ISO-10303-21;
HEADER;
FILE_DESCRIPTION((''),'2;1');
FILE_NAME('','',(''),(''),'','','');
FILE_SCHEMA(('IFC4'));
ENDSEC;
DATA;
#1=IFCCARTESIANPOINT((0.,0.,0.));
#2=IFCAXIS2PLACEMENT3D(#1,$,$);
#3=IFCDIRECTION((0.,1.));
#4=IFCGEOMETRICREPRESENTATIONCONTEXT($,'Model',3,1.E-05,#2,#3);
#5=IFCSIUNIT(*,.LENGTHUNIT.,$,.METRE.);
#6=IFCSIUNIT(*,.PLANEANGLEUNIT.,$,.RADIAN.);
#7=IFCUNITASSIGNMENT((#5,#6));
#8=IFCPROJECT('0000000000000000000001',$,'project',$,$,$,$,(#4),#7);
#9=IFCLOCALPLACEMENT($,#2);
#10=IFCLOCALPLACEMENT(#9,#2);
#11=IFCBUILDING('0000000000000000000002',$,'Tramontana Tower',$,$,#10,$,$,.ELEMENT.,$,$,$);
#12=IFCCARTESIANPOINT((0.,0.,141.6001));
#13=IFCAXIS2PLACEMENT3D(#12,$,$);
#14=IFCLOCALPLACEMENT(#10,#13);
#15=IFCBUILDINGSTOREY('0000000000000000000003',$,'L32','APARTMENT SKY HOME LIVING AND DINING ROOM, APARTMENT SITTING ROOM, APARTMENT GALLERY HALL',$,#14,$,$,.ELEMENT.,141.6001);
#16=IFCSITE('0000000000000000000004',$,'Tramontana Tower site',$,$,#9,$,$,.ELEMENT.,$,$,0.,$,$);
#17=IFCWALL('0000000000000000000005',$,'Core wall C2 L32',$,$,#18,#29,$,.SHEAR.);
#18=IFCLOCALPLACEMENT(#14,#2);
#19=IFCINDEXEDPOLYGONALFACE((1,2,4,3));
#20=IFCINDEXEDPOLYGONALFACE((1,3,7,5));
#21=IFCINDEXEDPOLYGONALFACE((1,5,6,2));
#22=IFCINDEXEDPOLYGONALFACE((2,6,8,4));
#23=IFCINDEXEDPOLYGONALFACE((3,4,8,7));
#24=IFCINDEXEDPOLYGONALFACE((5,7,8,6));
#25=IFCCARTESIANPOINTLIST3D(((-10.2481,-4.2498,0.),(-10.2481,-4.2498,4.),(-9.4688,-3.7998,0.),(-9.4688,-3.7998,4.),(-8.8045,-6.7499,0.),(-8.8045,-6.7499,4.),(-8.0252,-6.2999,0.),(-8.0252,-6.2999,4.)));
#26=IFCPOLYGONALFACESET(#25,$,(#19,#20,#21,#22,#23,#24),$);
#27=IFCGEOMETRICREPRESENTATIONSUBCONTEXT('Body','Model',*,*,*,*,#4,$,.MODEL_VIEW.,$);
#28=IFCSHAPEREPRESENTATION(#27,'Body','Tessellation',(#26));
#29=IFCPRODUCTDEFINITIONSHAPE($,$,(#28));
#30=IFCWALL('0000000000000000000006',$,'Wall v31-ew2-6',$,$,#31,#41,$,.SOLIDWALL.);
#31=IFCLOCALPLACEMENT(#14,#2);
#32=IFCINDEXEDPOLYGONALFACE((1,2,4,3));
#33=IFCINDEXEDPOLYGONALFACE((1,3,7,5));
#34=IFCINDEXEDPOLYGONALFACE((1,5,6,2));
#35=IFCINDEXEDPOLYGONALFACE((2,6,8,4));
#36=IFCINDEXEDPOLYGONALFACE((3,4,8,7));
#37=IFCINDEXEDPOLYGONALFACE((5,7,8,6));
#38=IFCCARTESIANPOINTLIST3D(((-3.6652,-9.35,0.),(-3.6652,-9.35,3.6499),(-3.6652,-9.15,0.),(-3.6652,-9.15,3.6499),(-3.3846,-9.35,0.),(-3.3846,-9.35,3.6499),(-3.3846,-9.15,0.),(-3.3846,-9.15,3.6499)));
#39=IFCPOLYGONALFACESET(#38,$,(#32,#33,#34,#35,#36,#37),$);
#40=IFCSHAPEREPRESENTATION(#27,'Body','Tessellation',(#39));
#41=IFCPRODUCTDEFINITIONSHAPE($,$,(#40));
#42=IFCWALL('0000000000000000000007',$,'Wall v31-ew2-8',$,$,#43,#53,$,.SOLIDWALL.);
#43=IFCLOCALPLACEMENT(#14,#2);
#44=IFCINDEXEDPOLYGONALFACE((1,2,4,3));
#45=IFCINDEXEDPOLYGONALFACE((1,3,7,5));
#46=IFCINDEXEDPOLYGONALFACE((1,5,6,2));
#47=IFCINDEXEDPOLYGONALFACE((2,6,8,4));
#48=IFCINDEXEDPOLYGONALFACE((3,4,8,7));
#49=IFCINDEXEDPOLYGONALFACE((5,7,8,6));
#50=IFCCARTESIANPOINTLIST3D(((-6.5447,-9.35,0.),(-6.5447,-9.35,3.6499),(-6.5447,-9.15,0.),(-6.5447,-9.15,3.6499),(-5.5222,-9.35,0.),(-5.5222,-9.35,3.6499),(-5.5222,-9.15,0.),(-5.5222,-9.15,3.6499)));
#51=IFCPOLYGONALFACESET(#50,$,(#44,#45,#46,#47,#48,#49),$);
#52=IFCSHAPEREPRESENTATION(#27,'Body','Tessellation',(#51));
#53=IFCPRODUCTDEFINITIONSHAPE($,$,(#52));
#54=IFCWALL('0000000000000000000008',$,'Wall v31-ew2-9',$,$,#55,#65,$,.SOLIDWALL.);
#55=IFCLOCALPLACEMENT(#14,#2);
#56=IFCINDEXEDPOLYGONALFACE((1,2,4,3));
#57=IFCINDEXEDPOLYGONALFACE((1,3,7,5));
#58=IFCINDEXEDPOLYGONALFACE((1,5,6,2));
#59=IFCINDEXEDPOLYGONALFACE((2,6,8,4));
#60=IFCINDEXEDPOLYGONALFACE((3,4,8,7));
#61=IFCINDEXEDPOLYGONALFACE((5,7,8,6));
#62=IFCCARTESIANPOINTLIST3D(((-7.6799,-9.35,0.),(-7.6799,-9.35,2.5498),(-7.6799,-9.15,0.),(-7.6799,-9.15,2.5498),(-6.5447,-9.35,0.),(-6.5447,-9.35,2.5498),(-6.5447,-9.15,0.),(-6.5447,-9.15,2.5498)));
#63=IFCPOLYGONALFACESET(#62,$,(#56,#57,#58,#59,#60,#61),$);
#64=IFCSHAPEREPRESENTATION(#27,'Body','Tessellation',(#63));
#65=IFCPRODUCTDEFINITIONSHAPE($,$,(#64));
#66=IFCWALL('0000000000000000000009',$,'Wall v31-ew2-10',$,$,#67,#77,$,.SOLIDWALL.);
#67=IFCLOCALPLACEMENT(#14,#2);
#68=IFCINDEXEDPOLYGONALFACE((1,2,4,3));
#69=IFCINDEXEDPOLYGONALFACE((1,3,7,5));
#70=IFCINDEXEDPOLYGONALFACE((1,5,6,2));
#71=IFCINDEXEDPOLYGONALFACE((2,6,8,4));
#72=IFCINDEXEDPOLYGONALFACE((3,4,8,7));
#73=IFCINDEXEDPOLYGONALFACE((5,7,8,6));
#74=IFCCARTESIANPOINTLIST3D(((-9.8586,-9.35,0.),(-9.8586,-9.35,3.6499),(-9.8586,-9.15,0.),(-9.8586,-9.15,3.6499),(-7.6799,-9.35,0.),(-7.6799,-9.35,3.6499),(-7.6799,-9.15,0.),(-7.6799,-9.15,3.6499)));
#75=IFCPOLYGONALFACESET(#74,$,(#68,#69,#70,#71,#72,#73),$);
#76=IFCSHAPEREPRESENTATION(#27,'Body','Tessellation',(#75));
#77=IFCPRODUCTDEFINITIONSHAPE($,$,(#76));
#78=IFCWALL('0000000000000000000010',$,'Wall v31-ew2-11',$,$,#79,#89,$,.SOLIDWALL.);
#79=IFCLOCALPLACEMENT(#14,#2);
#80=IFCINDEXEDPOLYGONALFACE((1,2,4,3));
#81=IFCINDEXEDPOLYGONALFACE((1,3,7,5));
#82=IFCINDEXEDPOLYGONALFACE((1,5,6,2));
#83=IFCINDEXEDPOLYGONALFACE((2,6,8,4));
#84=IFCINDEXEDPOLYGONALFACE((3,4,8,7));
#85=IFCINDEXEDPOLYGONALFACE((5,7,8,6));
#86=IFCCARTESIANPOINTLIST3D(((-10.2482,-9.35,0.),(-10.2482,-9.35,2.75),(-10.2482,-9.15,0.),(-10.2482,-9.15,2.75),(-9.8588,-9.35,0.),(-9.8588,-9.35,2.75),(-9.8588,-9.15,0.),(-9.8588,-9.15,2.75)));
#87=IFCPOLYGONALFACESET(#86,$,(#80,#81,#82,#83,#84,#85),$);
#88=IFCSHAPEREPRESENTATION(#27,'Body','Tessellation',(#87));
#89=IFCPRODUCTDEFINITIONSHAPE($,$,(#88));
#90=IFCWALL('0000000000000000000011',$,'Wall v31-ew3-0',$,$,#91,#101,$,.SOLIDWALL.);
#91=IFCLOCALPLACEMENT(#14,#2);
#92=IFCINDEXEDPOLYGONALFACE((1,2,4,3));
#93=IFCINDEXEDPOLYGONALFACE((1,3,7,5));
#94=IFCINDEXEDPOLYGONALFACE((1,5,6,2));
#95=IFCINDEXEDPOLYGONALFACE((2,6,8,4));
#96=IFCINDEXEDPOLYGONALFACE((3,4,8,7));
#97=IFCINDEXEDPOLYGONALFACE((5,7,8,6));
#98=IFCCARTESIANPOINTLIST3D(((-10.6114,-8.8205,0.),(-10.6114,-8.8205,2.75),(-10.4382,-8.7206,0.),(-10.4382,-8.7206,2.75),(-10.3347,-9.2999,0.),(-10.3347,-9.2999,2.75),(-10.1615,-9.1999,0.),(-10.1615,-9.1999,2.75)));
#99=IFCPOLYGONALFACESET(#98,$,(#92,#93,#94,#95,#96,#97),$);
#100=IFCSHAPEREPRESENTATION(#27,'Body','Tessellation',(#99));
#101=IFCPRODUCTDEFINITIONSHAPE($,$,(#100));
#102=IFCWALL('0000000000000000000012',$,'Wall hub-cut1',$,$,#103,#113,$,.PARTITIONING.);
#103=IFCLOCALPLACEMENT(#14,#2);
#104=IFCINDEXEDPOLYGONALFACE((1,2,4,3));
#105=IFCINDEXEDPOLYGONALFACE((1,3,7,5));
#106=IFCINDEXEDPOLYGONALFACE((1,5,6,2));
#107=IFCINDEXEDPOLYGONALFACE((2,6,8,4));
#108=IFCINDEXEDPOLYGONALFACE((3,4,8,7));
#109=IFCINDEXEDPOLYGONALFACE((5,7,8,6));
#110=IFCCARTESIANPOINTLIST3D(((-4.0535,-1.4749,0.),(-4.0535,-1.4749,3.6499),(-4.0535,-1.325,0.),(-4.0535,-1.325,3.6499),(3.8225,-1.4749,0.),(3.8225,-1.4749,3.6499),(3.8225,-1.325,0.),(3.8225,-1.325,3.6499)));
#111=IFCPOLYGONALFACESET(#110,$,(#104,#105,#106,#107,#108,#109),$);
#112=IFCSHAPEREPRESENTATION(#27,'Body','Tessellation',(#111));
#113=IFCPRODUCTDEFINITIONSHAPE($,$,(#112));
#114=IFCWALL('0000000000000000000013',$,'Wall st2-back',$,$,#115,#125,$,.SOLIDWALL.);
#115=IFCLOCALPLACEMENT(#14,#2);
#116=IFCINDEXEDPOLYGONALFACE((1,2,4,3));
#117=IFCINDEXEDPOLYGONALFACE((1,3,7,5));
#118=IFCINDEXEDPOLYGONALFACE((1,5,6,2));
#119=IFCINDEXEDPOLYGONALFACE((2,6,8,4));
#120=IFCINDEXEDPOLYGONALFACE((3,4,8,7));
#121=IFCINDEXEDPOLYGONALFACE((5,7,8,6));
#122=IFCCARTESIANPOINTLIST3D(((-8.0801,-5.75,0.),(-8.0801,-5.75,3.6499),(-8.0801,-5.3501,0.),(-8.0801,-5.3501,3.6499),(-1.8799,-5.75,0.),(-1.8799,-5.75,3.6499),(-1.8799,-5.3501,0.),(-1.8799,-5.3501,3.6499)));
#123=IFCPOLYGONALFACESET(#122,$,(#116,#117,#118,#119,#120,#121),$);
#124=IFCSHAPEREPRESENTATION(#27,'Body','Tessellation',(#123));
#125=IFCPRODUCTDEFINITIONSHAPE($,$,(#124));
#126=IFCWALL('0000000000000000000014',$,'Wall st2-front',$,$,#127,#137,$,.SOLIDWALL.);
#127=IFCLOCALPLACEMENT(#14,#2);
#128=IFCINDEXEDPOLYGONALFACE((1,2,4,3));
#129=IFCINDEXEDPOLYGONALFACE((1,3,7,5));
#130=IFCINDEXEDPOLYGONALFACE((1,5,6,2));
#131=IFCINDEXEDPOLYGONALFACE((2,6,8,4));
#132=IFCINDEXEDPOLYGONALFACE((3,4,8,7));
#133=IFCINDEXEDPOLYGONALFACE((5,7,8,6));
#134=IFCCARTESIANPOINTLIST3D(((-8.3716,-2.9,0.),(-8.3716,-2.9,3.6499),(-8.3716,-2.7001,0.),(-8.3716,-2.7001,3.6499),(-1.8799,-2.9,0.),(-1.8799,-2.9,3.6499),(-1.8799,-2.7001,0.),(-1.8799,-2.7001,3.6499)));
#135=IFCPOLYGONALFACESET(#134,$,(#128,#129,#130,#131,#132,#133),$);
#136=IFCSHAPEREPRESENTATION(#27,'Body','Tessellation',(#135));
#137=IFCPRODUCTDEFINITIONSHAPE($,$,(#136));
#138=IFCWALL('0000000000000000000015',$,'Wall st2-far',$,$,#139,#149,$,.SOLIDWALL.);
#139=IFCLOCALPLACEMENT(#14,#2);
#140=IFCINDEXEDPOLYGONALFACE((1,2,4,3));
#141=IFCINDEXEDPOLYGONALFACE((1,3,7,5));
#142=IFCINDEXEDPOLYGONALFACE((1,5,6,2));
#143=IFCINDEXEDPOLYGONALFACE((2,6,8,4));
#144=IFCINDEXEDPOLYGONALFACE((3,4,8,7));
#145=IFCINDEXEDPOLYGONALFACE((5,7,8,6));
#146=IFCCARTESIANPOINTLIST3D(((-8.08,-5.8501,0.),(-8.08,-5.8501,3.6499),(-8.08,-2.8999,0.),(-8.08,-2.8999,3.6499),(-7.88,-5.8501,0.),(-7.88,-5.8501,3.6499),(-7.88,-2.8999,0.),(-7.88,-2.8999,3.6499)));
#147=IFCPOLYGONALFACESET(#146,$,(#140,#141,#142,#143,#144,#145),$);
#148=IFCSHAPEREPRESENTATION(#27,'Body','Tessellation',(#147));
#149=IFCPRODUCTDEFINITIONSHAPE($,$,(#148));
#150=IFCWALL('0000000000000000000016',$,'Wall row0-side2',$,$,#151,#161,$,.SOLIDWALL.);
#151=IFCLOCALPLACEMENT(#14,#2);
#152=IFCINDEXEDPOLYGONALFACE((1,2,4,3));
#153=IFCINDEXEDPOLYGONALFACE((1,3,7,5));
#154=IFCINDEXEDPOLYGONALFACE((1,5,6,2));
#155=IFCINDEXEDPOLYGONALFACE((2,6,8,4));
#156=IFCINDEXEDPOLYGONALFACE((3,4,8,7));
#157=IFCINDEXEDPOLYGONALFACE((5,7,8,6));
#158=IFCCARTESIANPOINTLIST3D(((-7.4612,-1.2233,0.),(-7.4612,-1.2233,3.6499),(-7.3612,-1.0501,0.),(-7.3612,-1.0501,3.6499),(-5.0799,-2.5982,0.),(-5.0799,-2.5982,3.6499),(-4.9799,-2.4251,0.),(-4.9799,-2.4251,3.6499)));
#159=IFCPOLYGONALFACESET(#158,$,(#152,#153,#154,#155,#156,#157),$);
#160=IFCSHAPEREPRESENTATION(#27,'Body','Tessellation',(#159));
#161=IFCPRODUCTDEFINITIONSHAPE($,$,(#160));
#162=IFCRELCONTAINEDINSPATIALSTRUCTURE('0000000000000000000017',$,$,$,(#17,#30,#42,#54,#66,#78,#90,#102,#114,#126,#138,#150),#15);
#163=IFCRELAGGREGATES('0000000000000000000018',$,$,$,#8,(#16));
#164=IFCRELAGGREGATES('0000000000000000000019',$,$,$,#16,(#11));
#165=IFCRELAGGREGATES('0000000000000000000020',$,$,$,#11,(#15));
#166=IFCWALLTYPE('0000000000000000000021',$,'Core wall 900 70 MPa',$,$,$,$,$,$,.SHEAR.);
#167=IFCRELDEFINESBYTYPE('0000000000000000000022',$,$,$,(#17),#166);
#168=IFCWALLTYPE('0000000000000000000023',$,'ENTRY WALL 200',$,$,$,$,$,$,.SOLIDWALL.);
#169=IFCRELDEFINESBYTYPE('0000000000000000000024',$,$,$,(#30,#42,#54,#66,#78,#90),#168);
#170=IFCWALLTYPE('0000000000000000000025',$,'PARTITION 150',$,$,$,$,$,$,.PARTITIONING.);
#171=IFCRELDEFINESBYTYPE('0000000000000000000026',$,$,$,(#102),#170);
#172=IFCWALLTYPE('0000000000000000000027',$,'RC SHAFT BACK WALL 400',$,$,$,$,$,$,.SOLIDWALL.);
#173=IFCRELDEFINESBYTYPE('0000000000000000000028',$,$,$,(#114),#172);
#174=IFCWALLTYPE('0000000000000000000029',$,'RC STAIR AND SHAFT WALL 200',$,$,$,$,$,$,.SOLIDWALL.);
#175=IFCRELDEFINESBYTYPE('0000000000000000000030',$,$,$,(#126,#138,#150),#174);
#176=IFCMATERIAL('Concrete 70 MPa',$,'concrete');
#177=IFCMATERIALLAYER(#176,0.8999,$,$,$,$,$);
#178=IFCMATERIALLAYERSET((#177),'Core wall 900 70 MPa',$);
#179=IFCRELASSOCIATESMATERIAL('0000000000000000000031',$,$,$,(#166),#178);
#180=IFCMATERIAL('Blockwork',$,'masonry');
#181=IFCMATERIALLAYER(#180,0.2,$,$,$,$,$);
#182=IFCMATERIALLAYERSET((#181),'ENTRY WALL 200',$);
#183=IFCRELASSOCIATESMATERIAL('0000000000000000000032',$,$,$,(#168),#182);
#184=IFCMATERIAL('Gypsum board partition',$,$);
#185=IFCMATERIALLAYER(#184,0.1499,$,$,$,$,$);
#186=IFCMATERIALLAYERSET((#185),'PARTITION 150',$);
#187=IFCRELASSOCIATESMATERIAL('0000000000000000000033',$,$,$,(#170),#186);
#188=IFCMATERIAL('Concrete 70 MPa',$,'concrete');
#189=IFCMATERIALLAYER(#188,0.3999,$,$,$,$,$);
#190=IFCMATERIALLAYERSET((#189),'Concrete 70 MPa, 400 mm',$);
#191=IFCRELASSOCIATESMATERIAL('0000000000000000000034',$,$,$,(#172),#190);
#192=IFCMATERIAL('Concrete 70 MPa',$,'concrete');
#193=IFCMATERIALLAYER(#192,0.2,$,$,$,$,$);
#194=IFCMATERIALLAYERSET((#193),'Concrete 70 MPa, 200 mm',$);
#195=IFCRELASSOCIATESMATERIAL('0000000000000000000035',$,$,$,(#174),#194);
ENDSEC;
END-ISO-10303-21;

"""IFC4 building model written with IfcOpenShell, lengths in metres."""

from ifc_helpers import new_model, si_unit, direction, frame, frame_2d, origin, place, context, subcontext, project, spatial, rectangle, extrude, material, layer, layer_set, type_object, element, save


model = new_model("IFC4")

# Units and contexts
model_context = context("Model", 3, precision=1e-05, world=origin(), true_north=direction((0.0, 1.0)))
body_context = subcontext(model_context, "Body", "Model", "MODEL_VIEW")
ifc_project = project(units=[si_unit("LENGTHUNIT", "METRE"), si_unit("PLANEANGLEUNIT", "RADIAN")], contexts=[model_context])

# Site, building, storey
site_placement = place(None, origin())
site = spatial("IfcSite", under=ifc_project, at=site_placement, Name="Tramontana Tower site", CompositionType="ELEMENT", RefElevation=0.0)
building_placement = place(site_placement, origin())
building = spatial("IfcBuilding", under=site, at=building_placement, Name="Tramontana Tower", CompositionType="ELEMENT")
storey_placement = place(building_placement, frame((0.0, 0.0, 141.6001)))
storey = spatial("IfcBuildingStorey", under=building, at=storey_placement, Name="L32", Description="APARTMENT SKY HOME LIVING AND DINING ROOM, APARTMENT SITTING ROOM, APARTMENT GALLERY HALL", CompositionType="ELEMENT", Elevation=141.6001)

# Wall
ifc_material_1 = material(Name="Concrete 70 MPa", Category="concrete")
ifc_layer_1 = layer(ifc_material_1, 0.8999)
ifc_layer_set_1 = layer_set([ifc_layer_1], Name="Core wall 900 70 MPa")
wall_type_1 = type_object("IfcWallType", Name="Core wall 900 70 MPa", PredefinedType="SHEAR", material=ifc_layer_set_1)
wall_1_placement = place(storey_placement, frame((-9.8584, -4.0249, 0.0), z_axis=(0.0, 0.0, 1.0), x_axis=(0.500059, -0.865991, 0.0)))
element("IfcWall", 1, at=wall_1_placement, inside=storey, type_object=wall_type_1, Name="Core wall C2 L32", PredefinedType="SHEAR", context=body_context, shape_type="SweptSolid", body=[
    extrude(rectangle(XDim=2.887, YDim=0.8999, at=frame_2d((1.4434, 0.0))), origin(), (0.0, 0.0, 1.0), 4.0),
])

# Wall
ifc_material_2 = material(Name="Blockwork", Category="masonry")
ifc_layer_2 = layer(ifc_material_2, 0.2)
ifc_layer_set_2 = layer_set([ifc_layer_2], Name="ENTRY WALL 200")
wall_type_2 = type_object("IfcWallType", Name="ENTRY WALL 200", PredefinedType="SOLIDWALL", material=ifc_layer_set_2)
wall_2_placement = place(storey_placement, frame((-3.3848, -9.25, 0.0), z_axis=(0.0, 0.0, 1.0), x_axis=(-1.0, 0.0, 0.0)))
element("IfcWall", 2, at=wall_2_placement, inside=storey, type_object=wall_type_2, Name="Wall v31-ew2-6", PredefinedType="SOLIDWALL", context=body_context, shape_type="SweptSolid", body=[
    extrude(rectangle(XDim=0.2805, YDim=0.2, at=frame_2d((0.1401, 0.0))), origin(), (0.0, 0.0, 1.0), 3.6499),
])

# Walls
wall_3_placement = place(storey_placement, frame((-5.5222, -9.25, 0.0), z_axis=(0.0, 0.0, 1.0), x_axis=(-1.0, 0.0, 0.0)))
element("IfcWall", 3, at=wall_3_placement, inside=storey, type_object=wall_type_2, Name="Wall v31-ew2-8", PredefinedType="SOLIDWALL", context=body_context, shape_type="SweptSolid", body=[
    extrude(rectangle(XDim=1.0225, YDim=0.2, at=frame_2d((0.5112, 0.0))), origin(), (0.0, 0.0, 1.0), 3.6499),
])
wall_4_placement = place(storey_placement, frame((-6.5447, -9.25, 0.0), z_axis=(0.0, 0.0, 1.0), x_axis=(-1.0, 0.0, 0.0)))
element("IfcWall", 4, at=wall_4_placement, inside=storey, type_object=wall_type_2, Name="Wall v31-ew2-9", PredefinedType="SOLIDWALL", context=body_context, shape_type="SweptSolid", body=[
    extrude(rectangle(XDim=1.1353, YDim=0.2, at=frame_2d((0.5676, 0.0))), origin(), (0.0, 0.0, 1.0), 2.5498),
])
wall_5_placement = place(storey_placement, frame((-7.6799, -9.25, 0.0), z_axis=(0.0, 0.0, 1.0), x_axis=(-1.0, 0.0, 0.0)))
element("IfcWall", 5, at=wall_5_placement, inside=storey, type_object=wall_type_2, Name="Wall v31-ew2-10", PredefinedType="SOLIDWALL", context=body_context, shape_type="SweptSolid", body=[
    extrude(rectangle(XDim=2.1787, YDim=0.2, at=frame_2d((1.0894, 0.0))), origin(), (0.0, 0.0, 1.0), 3.6499),
])
wall_6_placement = place(storey_placement, frame((-9.8586, -9.25, 0.0), z_axis=(0.0, 0.0, 1.0), x_axis=(-1.0, 0.0, 0.0)))
element("IfcWall", 6, at=wall_6_placement, inside=storey, type_object=wall_type_2, Name="Wall v31-ew2-11", PredefinedType="SOLIDWALL", context=body_context, shape_type="SweptSolid", body=[
    extrude(rectangle(XDim=0.3894, YDim=0.2, at=frame_2d((0.1948, 0.0))), origin(), (0.0, 0.0, 1.0), 2.75),
])
wall_7_placement = place(storey_placement, frame((-10.248, -9.25, 0.0), z_axis=(0.0, 0.0, 1.0), x_axis=(-0.499888, 0.86609, 0.0)))
element("IfcWall", 7, at=wall_7_placement, inside=storey, type_object=wall_type_2, Name="Wall v31-ew3-0", PredefinedType="SOLIDWALL", context=body_context, shape_type="SweptSolid", body=[
    extrude(rectangle(XDim=0.5535, YDim=0.2, at=frame_2d((0.2769, 0.0))), origin(), (0.0, 0.0, 1.0), 2.75),
])
ifc_material_3 = material(Name="Gypsum board partition")
ifc_layer_3 = layer(ifc_material_3, 0.1499)
ifc_layer_set_3 = layer_set([ifc_layer_3], Name="PARTITION 150")
wall_type_3 = type_object("IfcWallType", Name="PARTITION 150", PredefinedType="PARTITIONING", material=ifc_layer_set_3)
wall_8_placement = place(storey_placement, frame((-4.0535, -1.3999, 0.0), z_axis=(0.0, 0.0, 1.0), x_axis=(1.0, 0.0, 0.0)))
element("IfcWall", 8, at=wall_8_placement, inside=storey, type_object=wall_type_3, Name="Wall hub-cut1", PredefinedType="PARTITIONING", context=body_context, shape_type="SweptSolid", body=[
    extrude(rectangle(XDim=7.876, YDim=0.1499, at=frame_2d((3.938, 0.0))), origin(), (0.0, 0.0, 1.0), 3.6499),
])
ifc_material_4 = material(Name="Concrete 70 MPa", Category="concrete")
ifc_layer_4 = layer(ifc_material_4, 0.3999)
ifc_layer_set_4 = layer_set([ifc_layer_4], Name="Concrete 70 MPa, 400 mm")
wall_type_4 = type_object("IfcWallType", Name="RC SHAFT BACK WALL 400", PredefinedType="SOLIDWALL", material=ifc_layer_set_4)
wall_9_placement = place(storey_placement, frame((-8.0801, -5.55, 0.0), z_axis=(0.0, 0.0, 1.0), x_axis=(1.0, 0.0, 0.0)))
element("IfcWall", 9, at=wall_9_placement, inside=storey, type_object=wall_type_4, Name="Wall st2-back", PredefinedType="SOLIDWALL", context=body_context, shape_type="SweptSolid", body=[
    extrude(rectangle(XDim=6.2002, YDim=0.3999, at=frame_2d((3.1001, 0.0))), origin(), (0.0, 0.0, 1.0), 3.6499),
])
ifc_material_5 = material(Name="Concrete 70 MPa", Category="concrete")
ifc_layer_5 = layer(ifc_material_5, 0.2)
ifc_layer_set_5 = layer_set([ifc_layer_5], Name="Concrete 70 MPa, 200 mm")
wall_type_5 = type_object("IfcWallType", Name="RC STAIR AND SHAFT WALL 200", PredefinedType="SOLIDWALL", material=ifc_layer_set_5)
wall_10_placement = place(storey_placement, frame((-8.3716, -2.8, 0.0), z_axis=(0.0, 0.0, 1.0), x_axis=(1.0, 0.0, 0.0)))
element("IfcWall", 10, at=wall_10_placement, inside=storey, type_object=wall_type_5, Name="Wall st2-front", PredefinedType="SOLIDWALL", context=body_context, shape_type="SweptSolid", body=[
    extrude(rectangle(XDim=6.4917, YDim=0.2, at=frame_2d((3.2458, 0.0))), origin(), (0.0, 0.0, 1.0), 3.6499),
])
wall_11_placement = place(storey_placement, frame((-7.98, -2.8999, 0.0), z_axis=(0.0, 0.0, 1.0), x_axis=(0.0, -1.0, 0.0)))
element("IfcWall", 11, at=wall_11_placement, inside=storey, type_object=wall_type_5, Name="Wall st2-far", PredefinedType="SOLIDWALL", context=body_context, shape_type="SweptSolid", body=[
    extrude(rectangle(XDim=2.9502, YDim=0.2, at=frame_2d((1.4751, 0.0))), origin(), (0.0, 0.0, 1.0), 3.6499),
])
wall_12_placement = place(storey_placement, frame((-5.0298, -2.5117, 0.0), z_axis=(0.0, 0.0, 1.0), x_axis=(-0.866005, 0.500035, 0.0)))
element("IfcWall", 12, at=wall_12_placement, inside=storey, type_object=wall_type_5, Name="Wall row0-side2", PredefinedType="SOLIDWALL", context=body_context, shape_type="SweptSolid", body=[
    extrude(rectangle(XDim=2.7498, YDim=0.2, at=frame_2d((1.375, 0.0))), origin(), (0.0, 0.0, 1.0), 3.6499),
])

save(model, "model.ifc")
